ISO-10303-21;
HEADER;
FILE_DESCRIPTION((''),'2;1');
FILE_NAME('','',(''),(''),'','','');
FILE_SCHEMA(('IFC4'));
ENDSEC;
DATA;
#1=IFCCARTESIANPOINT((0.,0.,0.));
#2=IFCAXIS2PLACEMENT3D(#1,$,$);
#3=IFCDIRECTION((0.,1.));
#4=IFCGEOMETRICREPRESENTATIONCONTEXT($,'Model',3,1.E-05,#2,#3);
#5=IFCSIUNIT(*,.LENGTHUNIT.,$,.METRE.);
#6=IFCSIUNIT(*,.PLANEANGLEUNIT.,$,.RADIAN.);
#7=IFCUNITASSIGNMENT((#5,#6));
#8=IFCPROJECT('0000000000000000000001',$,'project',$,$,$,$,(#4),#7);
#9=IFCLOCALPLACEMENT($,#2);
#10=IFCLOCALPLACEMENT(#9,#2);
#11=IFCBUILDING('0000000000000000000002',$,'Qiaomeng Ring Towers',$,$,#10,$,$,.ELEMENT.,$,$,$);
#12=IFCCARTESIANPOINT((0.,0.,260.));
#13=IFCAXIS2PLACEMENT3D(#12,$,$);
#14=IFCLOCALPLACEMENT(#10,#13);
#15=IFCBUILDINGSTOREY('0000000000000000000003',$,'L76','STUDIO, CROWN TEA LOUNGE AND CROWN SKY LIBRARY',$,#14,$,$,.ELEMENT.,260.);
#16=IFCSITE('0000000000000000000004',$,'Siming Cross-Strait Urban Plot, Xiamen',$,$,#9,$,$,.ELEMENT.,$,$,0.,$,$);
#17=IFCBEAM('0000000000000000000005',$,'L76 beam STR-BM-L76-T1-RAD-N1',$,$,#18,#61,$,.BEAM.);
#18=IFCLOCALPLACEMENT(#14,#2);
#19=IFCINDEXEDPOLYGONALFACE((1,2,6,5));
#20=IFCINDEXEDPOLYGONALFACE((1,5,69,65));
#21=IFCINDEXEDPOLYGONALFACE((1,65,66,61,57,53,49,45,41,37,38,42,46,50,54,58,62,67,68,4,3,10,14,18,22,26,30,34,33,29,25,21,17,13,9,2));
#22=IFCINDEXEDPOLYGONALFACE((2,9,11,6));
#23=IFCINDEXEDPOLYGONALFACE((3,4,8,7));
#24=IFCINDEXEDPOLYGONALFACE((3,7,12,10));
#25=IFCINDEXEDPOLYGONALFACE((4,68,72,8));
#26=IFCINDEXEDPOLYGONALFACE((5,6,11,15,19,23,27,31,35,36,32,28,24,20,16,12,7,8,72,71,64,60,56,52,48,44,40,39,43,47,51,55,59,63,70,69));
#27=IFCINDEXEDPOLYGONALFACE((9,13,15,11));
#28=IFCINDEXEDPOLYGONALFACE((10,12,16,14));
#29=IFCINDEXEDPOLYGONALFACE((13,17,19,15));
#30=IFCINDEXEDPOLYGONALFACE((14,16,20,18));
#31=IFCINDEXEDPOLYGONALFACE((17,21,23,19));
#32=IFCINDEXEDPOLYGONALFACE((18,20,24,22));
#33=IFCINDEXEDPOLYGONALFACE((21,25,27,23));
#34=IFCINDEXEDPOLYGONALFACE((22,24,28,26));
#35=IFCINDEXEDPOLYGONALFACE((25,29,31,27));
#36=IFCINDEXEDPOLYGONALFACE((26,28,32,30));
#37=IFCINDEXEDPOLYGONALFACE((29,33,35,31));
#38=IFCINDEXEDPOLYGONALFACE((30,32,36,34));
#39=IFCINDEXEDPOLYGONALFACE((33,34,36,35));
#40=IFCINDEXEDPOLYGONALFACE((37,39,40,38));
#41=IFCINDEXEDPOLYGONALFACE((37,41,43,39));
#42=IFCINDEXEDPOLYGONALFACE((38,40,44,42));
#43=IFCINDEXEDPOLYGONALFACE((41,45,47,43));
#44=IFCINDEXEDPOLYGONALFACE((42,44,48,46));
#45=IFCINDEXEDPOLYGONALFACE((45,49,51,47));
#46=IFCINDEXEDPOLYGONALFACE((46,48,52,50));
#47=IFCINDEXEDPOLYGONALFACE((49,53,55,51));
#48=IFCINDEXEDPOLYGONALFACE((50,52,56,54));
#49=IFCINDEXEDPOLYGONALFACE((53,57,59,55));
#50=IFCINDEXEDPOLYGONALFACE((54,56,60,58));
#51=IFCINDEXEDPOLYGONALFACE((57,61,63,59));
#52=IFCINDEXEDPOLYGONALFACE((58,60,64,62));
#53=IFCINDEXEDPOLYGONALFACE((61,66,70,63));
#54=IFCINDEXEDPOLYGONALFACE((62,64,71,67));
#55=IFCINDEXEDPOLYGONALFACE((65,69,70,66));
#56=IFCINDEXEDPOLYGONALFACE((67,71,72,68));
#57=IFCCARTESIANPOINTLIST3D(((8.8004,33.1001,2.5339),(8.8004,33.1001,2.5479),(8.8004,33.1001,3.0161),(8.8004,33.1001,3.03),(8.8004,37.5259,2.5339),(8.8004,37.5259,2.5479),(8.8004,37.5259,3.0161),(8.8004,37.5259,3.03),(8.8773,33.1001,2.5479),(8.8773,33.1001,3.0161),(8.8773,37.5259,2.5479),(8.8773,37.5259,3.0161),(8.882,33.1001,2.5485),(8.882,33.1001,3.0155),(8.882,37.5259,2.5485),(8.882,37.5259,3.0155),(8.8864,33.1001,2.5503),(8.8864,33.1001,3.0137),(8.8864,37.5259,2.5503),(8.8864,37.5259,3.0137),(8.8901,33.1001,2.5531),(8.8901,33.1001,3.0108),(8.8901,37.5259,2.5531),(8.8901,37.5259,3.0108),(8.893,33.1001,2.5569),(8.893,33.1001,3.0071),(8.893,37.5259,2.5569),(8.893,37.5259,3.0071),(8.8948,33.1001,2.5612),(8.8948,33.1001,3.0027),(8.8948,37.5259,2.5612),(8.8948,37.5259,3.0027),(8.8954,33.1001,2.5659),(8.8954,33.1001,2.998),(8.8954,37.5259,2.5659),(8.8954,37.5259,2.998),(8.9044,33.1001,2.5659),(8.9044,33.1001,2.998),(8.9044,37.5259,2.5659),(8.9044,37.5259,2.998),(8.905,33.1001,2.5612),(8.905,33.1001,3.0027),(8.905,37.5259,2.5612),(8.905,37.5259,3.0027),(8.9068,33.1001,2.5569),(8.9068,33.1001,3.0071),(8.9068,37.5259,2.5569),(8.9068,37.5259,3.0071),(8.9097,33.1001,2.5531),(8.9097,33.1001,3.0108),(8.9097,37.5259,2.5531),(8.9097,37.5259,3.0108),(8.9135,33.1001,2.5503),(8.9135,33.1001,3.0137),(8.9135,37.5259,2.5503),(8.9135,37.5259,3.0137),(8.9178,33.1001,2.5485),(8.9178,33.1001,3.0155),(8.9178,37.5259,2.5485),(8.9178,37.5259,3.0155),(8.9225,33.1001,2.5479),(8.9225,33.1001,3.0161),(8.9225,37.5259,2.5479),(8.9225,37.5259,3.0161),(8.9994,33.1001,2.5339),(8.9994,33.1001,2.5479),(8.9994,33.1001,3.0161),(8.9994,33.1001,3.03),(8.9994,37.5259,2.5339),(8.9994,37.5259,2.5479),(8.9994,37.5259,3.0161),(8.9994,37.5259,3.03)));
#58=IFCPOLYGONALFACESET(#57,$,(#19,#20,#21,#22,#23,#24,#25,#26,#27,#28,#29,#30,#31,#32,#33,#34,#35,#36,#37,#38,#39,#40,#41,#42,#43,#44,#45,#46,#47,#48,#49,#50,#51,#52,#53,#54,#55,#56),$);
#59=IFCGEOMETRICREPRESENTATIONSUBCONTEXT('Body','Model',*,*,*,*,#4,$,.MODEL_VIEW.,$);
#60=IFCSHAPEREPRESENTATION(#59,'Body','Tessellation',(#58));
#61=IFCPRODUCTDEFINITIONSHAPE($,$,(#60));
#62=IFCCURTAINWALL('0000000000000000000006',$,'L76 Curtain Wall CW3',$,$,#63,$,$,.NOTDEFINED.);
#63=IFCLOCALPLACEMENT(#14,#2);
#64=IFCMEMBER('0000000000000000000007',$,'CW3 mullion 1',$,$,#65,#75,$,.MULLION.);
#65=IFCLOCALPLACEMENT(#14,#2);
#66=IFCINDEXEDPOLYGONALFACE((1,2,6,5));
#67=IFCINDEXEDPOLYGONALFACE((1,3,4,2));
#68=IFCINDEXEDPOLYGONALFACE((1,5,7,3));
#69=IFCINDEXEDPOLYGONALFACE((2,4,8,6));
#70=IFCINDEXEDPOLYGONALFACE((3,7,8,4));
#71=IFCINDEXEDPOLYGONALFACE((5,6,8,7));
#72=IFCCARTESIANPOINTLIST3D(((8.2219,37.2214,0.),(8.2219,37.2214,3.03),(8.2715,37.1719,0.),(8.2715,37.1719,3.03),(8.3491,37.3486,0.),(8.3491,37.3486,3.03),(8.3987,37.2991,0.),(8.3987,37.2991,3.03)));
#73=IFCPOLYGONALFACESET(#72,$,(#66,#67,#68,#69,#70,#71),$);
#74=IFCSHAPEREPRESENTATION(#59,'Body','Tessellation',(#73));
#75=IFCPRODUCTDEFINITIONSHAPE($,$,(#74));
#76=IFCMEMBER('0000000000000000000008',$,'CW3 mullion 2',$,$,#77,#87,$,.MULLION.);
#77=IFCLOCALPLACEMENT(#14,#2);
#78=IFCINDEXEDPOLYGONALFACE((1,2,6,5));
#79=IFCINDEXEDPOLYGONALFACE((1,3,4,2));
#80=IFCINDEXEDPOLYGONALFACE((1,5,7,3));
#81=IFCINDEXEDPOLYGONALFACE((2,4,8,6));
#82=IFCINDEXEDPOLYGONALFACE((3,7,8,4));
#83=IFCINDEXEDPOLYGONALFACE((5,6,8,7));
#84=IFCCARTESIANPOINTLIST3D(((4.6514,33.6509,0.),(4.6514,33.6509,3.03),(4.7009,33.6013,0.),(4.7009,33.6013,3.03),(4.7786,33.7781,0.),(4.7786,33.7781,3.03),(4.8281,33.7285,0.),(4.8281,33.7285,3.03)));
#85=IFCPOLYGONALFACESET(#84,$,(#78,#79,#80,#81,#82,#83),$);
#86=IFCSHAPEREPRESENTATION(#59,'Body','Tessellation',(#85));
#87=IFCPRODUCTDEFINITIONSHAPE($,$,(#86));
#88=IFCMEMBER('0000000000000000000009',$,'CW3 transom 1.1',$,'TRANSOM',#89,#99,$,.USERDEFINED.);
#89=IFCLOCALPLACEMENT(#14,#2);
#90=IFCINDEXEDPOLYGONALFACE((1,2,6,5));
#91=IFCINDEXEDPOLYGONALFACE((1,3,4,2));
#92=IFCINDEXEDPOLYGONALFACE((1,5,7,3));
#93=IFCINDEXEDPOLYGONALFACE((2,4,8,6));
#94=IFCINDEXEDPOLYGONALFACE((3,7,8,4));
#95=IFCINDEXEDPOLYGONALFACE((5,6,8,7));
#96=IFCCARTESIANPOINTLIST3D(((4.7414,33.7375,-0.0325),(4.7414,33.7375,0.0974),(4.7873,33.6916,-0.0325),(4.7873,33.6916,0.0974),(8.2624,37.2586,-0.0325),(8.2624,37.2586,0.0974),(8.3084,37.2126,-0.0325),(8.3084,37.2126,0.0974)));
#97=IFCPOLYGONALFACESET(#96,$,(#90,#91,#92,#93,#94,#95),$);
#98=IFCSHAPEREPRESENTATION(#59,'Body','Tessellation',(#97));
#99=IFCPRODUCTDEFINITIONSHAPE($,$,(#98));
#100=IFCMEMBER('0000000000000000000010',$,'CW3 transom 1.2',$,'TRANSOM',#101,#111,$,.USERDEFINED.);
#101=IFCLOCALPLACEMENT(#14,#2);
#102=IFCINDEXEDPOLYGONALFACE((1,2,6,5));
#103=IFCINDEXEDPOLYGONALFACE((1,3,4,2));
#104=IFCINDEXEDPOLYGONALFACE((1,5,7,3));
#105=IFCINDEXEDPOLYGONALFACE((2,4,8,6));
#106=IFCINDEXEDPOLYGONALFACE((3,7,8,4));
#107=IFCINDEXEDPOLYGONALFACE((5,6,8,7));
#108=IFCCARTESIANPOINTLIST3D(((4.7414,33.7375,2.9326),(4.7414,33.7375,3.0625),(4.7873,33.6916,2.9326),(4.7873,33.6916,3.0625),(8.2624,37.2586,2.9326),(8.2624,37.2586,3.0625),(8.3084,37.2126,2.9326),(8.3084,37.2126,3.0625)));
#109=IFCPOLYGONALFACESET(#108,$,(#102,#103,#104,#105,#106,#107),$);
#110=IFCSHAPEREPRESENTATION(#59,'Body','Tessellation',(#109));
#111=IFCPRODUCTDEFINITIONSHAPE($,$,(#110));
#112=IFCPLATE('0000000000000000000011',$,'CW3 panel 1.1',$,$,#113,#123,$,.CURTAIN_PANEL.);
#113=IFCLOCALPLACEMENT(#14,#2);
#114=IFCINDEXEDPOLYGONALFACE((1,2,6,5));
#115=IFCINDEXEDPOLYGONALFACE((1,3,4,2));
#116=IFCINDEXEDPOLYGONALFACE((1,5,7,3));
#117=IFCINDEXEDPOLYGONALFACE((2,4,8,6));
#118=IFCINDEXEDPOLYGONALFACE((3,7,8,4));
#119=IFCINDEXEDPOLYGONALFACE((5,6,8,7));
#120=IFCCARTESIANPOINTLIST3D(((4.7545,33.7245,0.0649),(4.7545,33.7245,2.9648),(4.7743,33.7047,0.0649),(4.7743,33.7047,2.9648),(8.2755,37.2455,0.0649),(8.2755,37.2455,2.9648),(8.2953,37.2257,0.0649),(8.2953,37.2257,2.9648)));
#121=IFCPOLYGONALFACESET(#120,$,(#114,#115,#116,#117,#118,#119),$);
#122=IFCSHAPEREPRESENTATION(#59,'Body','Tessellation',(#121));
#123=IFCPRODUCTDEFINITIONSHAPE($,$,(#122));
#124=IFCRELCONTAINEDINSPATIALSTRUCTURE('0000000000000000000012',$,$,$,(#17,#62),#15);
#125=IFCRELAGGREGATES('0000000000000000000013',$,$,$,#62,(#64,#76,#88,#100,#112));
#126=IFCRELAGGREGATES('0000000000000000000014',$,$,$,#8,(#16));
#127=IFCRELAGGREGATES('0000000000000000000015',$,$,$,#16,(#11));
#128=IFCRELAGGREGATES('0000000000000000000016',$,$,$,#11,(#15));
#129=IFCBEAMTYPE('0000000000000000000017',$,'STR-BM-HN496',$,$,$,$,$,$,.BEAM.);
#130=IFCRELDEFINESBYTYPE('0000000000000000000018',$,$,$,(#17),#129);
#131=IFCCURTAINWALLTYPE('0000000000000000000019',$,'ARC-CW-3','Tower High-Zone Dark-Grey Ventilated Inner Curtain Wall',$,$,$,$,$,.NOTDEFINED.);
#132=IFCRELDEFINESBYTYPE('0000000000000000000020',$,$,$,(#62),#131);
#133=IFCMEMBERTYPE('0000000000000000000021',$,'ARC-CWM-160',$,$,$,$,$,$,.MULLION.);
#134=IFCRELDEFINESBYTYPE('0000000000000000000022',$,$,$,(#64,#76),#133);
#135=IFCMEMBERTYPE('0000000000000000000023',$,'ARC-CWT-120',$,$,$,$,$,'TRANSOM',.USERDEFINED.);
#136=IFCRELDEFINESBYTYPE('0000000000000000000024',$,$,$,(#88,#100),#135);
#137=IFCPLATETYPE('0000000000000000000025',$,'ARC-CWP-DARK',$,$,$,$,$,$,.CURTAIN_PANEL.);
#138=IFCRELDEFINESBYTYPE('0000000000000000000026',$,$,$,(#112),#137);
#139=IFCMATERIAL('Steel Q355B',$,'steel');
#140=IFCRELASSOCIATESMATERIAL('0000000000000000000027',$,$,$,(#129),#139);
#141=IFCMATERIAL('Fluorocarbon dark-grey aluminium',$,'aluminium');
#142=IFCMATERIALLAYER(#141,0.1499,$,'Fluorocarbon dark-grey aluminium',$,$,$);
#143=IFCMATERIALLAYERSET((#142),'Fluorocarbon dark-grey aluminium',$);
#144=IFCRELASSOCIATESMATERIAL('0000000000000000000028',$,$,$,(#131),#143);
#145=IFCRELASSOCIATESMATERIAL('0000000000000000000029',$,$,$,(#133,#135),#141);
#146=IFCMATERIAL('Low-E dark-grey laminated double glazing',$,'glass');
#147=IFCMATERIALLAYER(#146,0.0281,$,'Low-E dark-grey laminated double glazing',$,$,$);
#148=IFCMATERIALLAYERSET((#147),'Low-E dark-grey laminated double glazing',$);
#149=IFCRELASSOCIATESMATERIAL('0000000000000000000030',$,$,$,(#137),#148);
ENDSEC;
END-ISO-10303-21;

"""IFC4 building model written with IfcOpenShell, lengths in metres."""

from ifc_helpers import new_model, si_unit, direction, frame, origin, origin_2d, place, context, subcontext, project, spatial, rectangle, i_section, extrude, source, transform, mapped, material, layer, layer_set, material_profile, profile_set, type_object, element, aggregate, save


model = new_model("IFC4")

# Units and contexts
model_context = context("Model", 3, precision=1e-05, world=origin(), true_north=direction((0.0, 1.0)))
body_context = subcontext(model_context, "Body", "Model", "MODEL_VIEW")
ifc_project = project(units=[si_unit("LENGTHUNIT", "METRE"), si_unit("PLANEANGLEUNIT", "RADIAN")], contexts=[model_context])

# Site, building, storey
site_placement = place(None, origin())
site = spatial("IfcSite", under=ifc_project, at=site_placement, Name="Siming Cross-Strait Urban Plot, Xiamen", CompositionType="ELEMENT", RefElevation=0.0)
building_placement = place(site_placement, origin())
building = spatial("IfcBuilding", under=site, at=building_placement, Name="Qiaomeng Ring Towers", CompositionType="ELEMENT")
storey_placement = place(building_placement, frame((0.0, 0.0, 260.0)))
storey = spatial("IfcBuildingStorey", under=building, at=storey_placement, Name="L76", Description="STUDIO, CROWN TEA LOUNGE AND CROWN SKY LIBRARY", CompositionType="ELEMENT", Elevation=260.0)

# Beam
ifc_material_1 = material(Name="Steel Q355B", Category="steel")
ifc_material_profile_1 = material_profile(ifc_material_1, i_section(OverallWidth=0.199, OverallDepth=0.4961, WebThickness=0.009, FlangeThickness=0.0139, FilletRadius=0.0181, at=origin_2d()), Name="HN 496x199x9x14")
ifc_profile_set_1 = profile_set([ifc_material_profile_1], Name="Steel Q355B")
beam_type_1 = type_object("IfcBeamType", Name="STR-BM-HN496", PredefinedType="BEAM", material=ifc_profile_set_1)
shared_shape_1 = source(origin(), body_context, "Body", "SweptSolid", [
    extrude(i_section(OverallWidth=0.199, OverallDepth=0.4961, WebThickness=0.009, FlangeThickness=0.0139, FilletRadius=0.0181, at=origin_2d()), origin(), (0.0, 0.0, 1.0), 4.4258),
])
beam_1_placement = place(storey_placement, frame((8.8999, 37.5259, 2.782), z_axis=(0.0, -1.0, 0.0), x_axis=(1.0, 0.0, 0.0)))
element("IfcBeam", 1, at=beam_1_placement, inside=storey, type_object=beam_type_1, Name="L76 beam STR-BM-L76-T1-RAD-N1", PredefinedType="BEAM", context=body_context, shape_type="MappedRepresentation", body=[
    mapped(shared_shape_1, transform((0.0, 0.0, 0.0), x_axis=(1.0, 0.0, 0.0), y_axis=(0.0, 1.0, 0.0), z_axis=(0.0, 0.0, 1.0), scale=1.0)),
])

# Curtain wall, members, plate
ifc_material_2 = material(Name="Fluorocarbon dark-grey aluminium", Category="aluminium")
ifc_layer_1 = layer(ifc_material_2, 0.1499, Name="Fluorocarbon dark-grey aluminium")
ifc_layer_set_1 = layer_set([ifc_layer_1], Name="Fluorocarbon dark-grey aluminium")
curtain_wall_type = type_object("IfcCurtainWallType", Name="ARC-CW-3", Description="Tower High-Zone Dark-Grey Ventilated Inner Curtain Wall", PredefinedType="NOTDEFINED", material=ifc_layer_set_1)
curtain_wall_placement = place(storey_placement, origin())
curtain_wall = element("IfcCurtainWall", 2, at=curtain_wall_placement, inside=storey, type_object=curtain_wall_type, Name="L76 Curtain Wall CW3", PredefinedType="NOTDEFINED")
ifc_material_profile_2 = material_profile(ifc_material_2, rectangle(XDim=0.0701, YDim=0.1799, at=origin_2d()), Name="ALU MULL 70x180")
ifc_profile_set_2 = profile_set([ifc_material_profile_2], Name="Fluorocarbon dark-grey aluminium")
member_type_1 = type_object("IfcMemberType", Name="ARC-CWM-160", PredefinedType="MULLION", material=ifc_profile_set_2)
shared_shape_2 = source(origin(), body_context, "Body", "SweptSolid", [
    extrude(rectangle(XDim=0.0701, YDim=0.1799, at=origin_2d()), origin(), (0.0, 0.0, 1.0), 3.03),
])
member_1_placement = place(storey_placement, frame((8.3103, 37.2603, 0.0), z_axis=(0.0, 0.0, 1.0), x_axis=(0.707107, -0.707107, 0.0)))
member_1 = element("IfcMember", 3, at=member_1_placement, type_object=member_type_1, Name="CW3 mullion 1", PredefinedType="MULLION", context=body_context, shape_type="MappedRepresentation", body=[
    mapped(shared_shape_2, transform((0.0, 0.0, 0.0), x_axis=(1.0, 0.0, 0.0), y_axis=(0.0, 1.0, 0.0), z_axis=(0.0, 0.0, 1.0), scale=1.0)),
])
member_2_placement = place(storey_placement, frame((4.7397, 33.6897, 0.0), z_axis=(0.0, 0.0, 1.0), x_axis=(0.707107, -0.707107, 0.0)))
member_2 = element("IfcMember", 4, at=member_2_placement, type_object=member_type_1, Name="CW3 mullion 2", PredefinedType="MULLION", context=body_context, shape_type="MappedRepresentation", body=[
    mapped(shared_shape_2, transform((0.0, 0.0, 0.0), x_axis=(1.0, 0.0, 0.0), y_axis=(0.0, 1.0, 0.0), z_axis=(0.0, 0.0, 1.0), scale=1.0)),
])
ifc_material_profile_3 = material_profile(ifc_material_2, rectangle(XDim=0.0649, YDim=0.1299, at=origin_2d()), Name="ALU TRAN 65x130")
ifc_profile_set_3 = profile_set([ifc_material_profile_3], Name="Fluorocarbon dark-grey aluminium")
member_type_2 = type_object("IfcMemberType", Name="ARC-CWT-120", ElementType="TRANSOM", PredefinedType="USERDEFINED", material=ifc_profile_set_3)
shared_shape_3 = source(origin(), body_context, "Body", "SweptSolid", [
    extrude(rectangle(XDim=0.0649, YDim=0.1299, at=origin_2d()), origin(), (0.0, 0.0, 1.0), 4.9795),
])
member_3_placement = place(storey_placement, frame((8.2854, 37.2356, 0.0325), z_axis=(-0.707107, -0.707107, 0.0), x_axis=(0.707107, -0.707107, 0.0)))
member_3 = element("IfcMember", 5, at=member_3_placement, type_object=member_type_2, Name="CW3 transom 1.1", ObjectType="TRANSOM", PredefinedType="USERDEFINED", context=body_context, shape_type="MappedRepresentation", body=[
    mapped(shared_shape_3, transform((0.0, 0.0, 0.0), x_axis=(1.0, 0.0, 0.0), y_axis=(0.0, 1.0, 0.0), z_axis=(0.0, 0.0, 1.0), scale=1.0)),
])
member_4_placement = place(storey_placement, frame((8.2854, 37.2356, 2.9976), z_axis=(-0.707107, -0.707107, 0.0), x_axis=(0.707107, -0.707107, 0.0)))
member_4 = element("IfcMember", 6, at=member_4_placement, type_object=member_type_2, Name="CW3 transom 1.2", ObjectType="TRANSOM", PredefinedType="USERDEFINED", context=body_context, shape_type="MappedRepresentation", body=[
    mapped(shared_shape_3, transform((0.0, 0.0, 0.0), x_axis=(1.0, 0.0, 0.0), y_axis=(0.0, 1.0, 0.0), z_axis=(0.0, 0.0, 1.0), scale=1.0)),
])
ifc_material_3 = material(Name="Low-E dark-grey laminated double glazing", Category="glass")
ifc_layer_2 = layer(ifc_material_3, 0.0281, Name="Low-E dark-grey laminated double glazing")
ifc_layer_set_2 = layer_set([ifc_layer_2], Name="Low-E dark-grey laminated double glazing")
plate_type = type_object("IfcPlateType", Name="ARC-CWP-DARK", PredefinedType="CURTAIN_PANEL", material=ifc_layer_set_2)
shared_shape_4 = source(origin(), body_context, "Body", "SweptSolid", [
    extrude(rectangle(XDim=4.9795, YDim=0.0281, at=origin_2d()), origin(), (0.0, 0.0, 1.0), 2.8999),
])
plate_placement = place(storey_placement, frame((6.5249, 35.4751, 0.0649), z_axis=(0.0, 0.0, 1.0), x_axis=(-0.707107, -0.707107, 0.0)))
plate = element("IfcPlate", 7, at=plate_placement, type_object=plate_type, Name="CW3 panel 1.1", PredefinedType="CURTAIN_PANEL", context=body_context, shape_type="MappedRepresentation", body=[
    mapped(shared_shape_4, transform((0.0, 0.0, 0.0), x_axis=(1.0, 0.0, 0.0), y_axis=(0.0, 1.0, 0.0), z_axis=(0.0, 0.0, 1.0), scale=1.0)),
])
aggregate(curtain_wall, [member_1, member_2, member_3, member_4, plate])

save(model, "model.ifc")
